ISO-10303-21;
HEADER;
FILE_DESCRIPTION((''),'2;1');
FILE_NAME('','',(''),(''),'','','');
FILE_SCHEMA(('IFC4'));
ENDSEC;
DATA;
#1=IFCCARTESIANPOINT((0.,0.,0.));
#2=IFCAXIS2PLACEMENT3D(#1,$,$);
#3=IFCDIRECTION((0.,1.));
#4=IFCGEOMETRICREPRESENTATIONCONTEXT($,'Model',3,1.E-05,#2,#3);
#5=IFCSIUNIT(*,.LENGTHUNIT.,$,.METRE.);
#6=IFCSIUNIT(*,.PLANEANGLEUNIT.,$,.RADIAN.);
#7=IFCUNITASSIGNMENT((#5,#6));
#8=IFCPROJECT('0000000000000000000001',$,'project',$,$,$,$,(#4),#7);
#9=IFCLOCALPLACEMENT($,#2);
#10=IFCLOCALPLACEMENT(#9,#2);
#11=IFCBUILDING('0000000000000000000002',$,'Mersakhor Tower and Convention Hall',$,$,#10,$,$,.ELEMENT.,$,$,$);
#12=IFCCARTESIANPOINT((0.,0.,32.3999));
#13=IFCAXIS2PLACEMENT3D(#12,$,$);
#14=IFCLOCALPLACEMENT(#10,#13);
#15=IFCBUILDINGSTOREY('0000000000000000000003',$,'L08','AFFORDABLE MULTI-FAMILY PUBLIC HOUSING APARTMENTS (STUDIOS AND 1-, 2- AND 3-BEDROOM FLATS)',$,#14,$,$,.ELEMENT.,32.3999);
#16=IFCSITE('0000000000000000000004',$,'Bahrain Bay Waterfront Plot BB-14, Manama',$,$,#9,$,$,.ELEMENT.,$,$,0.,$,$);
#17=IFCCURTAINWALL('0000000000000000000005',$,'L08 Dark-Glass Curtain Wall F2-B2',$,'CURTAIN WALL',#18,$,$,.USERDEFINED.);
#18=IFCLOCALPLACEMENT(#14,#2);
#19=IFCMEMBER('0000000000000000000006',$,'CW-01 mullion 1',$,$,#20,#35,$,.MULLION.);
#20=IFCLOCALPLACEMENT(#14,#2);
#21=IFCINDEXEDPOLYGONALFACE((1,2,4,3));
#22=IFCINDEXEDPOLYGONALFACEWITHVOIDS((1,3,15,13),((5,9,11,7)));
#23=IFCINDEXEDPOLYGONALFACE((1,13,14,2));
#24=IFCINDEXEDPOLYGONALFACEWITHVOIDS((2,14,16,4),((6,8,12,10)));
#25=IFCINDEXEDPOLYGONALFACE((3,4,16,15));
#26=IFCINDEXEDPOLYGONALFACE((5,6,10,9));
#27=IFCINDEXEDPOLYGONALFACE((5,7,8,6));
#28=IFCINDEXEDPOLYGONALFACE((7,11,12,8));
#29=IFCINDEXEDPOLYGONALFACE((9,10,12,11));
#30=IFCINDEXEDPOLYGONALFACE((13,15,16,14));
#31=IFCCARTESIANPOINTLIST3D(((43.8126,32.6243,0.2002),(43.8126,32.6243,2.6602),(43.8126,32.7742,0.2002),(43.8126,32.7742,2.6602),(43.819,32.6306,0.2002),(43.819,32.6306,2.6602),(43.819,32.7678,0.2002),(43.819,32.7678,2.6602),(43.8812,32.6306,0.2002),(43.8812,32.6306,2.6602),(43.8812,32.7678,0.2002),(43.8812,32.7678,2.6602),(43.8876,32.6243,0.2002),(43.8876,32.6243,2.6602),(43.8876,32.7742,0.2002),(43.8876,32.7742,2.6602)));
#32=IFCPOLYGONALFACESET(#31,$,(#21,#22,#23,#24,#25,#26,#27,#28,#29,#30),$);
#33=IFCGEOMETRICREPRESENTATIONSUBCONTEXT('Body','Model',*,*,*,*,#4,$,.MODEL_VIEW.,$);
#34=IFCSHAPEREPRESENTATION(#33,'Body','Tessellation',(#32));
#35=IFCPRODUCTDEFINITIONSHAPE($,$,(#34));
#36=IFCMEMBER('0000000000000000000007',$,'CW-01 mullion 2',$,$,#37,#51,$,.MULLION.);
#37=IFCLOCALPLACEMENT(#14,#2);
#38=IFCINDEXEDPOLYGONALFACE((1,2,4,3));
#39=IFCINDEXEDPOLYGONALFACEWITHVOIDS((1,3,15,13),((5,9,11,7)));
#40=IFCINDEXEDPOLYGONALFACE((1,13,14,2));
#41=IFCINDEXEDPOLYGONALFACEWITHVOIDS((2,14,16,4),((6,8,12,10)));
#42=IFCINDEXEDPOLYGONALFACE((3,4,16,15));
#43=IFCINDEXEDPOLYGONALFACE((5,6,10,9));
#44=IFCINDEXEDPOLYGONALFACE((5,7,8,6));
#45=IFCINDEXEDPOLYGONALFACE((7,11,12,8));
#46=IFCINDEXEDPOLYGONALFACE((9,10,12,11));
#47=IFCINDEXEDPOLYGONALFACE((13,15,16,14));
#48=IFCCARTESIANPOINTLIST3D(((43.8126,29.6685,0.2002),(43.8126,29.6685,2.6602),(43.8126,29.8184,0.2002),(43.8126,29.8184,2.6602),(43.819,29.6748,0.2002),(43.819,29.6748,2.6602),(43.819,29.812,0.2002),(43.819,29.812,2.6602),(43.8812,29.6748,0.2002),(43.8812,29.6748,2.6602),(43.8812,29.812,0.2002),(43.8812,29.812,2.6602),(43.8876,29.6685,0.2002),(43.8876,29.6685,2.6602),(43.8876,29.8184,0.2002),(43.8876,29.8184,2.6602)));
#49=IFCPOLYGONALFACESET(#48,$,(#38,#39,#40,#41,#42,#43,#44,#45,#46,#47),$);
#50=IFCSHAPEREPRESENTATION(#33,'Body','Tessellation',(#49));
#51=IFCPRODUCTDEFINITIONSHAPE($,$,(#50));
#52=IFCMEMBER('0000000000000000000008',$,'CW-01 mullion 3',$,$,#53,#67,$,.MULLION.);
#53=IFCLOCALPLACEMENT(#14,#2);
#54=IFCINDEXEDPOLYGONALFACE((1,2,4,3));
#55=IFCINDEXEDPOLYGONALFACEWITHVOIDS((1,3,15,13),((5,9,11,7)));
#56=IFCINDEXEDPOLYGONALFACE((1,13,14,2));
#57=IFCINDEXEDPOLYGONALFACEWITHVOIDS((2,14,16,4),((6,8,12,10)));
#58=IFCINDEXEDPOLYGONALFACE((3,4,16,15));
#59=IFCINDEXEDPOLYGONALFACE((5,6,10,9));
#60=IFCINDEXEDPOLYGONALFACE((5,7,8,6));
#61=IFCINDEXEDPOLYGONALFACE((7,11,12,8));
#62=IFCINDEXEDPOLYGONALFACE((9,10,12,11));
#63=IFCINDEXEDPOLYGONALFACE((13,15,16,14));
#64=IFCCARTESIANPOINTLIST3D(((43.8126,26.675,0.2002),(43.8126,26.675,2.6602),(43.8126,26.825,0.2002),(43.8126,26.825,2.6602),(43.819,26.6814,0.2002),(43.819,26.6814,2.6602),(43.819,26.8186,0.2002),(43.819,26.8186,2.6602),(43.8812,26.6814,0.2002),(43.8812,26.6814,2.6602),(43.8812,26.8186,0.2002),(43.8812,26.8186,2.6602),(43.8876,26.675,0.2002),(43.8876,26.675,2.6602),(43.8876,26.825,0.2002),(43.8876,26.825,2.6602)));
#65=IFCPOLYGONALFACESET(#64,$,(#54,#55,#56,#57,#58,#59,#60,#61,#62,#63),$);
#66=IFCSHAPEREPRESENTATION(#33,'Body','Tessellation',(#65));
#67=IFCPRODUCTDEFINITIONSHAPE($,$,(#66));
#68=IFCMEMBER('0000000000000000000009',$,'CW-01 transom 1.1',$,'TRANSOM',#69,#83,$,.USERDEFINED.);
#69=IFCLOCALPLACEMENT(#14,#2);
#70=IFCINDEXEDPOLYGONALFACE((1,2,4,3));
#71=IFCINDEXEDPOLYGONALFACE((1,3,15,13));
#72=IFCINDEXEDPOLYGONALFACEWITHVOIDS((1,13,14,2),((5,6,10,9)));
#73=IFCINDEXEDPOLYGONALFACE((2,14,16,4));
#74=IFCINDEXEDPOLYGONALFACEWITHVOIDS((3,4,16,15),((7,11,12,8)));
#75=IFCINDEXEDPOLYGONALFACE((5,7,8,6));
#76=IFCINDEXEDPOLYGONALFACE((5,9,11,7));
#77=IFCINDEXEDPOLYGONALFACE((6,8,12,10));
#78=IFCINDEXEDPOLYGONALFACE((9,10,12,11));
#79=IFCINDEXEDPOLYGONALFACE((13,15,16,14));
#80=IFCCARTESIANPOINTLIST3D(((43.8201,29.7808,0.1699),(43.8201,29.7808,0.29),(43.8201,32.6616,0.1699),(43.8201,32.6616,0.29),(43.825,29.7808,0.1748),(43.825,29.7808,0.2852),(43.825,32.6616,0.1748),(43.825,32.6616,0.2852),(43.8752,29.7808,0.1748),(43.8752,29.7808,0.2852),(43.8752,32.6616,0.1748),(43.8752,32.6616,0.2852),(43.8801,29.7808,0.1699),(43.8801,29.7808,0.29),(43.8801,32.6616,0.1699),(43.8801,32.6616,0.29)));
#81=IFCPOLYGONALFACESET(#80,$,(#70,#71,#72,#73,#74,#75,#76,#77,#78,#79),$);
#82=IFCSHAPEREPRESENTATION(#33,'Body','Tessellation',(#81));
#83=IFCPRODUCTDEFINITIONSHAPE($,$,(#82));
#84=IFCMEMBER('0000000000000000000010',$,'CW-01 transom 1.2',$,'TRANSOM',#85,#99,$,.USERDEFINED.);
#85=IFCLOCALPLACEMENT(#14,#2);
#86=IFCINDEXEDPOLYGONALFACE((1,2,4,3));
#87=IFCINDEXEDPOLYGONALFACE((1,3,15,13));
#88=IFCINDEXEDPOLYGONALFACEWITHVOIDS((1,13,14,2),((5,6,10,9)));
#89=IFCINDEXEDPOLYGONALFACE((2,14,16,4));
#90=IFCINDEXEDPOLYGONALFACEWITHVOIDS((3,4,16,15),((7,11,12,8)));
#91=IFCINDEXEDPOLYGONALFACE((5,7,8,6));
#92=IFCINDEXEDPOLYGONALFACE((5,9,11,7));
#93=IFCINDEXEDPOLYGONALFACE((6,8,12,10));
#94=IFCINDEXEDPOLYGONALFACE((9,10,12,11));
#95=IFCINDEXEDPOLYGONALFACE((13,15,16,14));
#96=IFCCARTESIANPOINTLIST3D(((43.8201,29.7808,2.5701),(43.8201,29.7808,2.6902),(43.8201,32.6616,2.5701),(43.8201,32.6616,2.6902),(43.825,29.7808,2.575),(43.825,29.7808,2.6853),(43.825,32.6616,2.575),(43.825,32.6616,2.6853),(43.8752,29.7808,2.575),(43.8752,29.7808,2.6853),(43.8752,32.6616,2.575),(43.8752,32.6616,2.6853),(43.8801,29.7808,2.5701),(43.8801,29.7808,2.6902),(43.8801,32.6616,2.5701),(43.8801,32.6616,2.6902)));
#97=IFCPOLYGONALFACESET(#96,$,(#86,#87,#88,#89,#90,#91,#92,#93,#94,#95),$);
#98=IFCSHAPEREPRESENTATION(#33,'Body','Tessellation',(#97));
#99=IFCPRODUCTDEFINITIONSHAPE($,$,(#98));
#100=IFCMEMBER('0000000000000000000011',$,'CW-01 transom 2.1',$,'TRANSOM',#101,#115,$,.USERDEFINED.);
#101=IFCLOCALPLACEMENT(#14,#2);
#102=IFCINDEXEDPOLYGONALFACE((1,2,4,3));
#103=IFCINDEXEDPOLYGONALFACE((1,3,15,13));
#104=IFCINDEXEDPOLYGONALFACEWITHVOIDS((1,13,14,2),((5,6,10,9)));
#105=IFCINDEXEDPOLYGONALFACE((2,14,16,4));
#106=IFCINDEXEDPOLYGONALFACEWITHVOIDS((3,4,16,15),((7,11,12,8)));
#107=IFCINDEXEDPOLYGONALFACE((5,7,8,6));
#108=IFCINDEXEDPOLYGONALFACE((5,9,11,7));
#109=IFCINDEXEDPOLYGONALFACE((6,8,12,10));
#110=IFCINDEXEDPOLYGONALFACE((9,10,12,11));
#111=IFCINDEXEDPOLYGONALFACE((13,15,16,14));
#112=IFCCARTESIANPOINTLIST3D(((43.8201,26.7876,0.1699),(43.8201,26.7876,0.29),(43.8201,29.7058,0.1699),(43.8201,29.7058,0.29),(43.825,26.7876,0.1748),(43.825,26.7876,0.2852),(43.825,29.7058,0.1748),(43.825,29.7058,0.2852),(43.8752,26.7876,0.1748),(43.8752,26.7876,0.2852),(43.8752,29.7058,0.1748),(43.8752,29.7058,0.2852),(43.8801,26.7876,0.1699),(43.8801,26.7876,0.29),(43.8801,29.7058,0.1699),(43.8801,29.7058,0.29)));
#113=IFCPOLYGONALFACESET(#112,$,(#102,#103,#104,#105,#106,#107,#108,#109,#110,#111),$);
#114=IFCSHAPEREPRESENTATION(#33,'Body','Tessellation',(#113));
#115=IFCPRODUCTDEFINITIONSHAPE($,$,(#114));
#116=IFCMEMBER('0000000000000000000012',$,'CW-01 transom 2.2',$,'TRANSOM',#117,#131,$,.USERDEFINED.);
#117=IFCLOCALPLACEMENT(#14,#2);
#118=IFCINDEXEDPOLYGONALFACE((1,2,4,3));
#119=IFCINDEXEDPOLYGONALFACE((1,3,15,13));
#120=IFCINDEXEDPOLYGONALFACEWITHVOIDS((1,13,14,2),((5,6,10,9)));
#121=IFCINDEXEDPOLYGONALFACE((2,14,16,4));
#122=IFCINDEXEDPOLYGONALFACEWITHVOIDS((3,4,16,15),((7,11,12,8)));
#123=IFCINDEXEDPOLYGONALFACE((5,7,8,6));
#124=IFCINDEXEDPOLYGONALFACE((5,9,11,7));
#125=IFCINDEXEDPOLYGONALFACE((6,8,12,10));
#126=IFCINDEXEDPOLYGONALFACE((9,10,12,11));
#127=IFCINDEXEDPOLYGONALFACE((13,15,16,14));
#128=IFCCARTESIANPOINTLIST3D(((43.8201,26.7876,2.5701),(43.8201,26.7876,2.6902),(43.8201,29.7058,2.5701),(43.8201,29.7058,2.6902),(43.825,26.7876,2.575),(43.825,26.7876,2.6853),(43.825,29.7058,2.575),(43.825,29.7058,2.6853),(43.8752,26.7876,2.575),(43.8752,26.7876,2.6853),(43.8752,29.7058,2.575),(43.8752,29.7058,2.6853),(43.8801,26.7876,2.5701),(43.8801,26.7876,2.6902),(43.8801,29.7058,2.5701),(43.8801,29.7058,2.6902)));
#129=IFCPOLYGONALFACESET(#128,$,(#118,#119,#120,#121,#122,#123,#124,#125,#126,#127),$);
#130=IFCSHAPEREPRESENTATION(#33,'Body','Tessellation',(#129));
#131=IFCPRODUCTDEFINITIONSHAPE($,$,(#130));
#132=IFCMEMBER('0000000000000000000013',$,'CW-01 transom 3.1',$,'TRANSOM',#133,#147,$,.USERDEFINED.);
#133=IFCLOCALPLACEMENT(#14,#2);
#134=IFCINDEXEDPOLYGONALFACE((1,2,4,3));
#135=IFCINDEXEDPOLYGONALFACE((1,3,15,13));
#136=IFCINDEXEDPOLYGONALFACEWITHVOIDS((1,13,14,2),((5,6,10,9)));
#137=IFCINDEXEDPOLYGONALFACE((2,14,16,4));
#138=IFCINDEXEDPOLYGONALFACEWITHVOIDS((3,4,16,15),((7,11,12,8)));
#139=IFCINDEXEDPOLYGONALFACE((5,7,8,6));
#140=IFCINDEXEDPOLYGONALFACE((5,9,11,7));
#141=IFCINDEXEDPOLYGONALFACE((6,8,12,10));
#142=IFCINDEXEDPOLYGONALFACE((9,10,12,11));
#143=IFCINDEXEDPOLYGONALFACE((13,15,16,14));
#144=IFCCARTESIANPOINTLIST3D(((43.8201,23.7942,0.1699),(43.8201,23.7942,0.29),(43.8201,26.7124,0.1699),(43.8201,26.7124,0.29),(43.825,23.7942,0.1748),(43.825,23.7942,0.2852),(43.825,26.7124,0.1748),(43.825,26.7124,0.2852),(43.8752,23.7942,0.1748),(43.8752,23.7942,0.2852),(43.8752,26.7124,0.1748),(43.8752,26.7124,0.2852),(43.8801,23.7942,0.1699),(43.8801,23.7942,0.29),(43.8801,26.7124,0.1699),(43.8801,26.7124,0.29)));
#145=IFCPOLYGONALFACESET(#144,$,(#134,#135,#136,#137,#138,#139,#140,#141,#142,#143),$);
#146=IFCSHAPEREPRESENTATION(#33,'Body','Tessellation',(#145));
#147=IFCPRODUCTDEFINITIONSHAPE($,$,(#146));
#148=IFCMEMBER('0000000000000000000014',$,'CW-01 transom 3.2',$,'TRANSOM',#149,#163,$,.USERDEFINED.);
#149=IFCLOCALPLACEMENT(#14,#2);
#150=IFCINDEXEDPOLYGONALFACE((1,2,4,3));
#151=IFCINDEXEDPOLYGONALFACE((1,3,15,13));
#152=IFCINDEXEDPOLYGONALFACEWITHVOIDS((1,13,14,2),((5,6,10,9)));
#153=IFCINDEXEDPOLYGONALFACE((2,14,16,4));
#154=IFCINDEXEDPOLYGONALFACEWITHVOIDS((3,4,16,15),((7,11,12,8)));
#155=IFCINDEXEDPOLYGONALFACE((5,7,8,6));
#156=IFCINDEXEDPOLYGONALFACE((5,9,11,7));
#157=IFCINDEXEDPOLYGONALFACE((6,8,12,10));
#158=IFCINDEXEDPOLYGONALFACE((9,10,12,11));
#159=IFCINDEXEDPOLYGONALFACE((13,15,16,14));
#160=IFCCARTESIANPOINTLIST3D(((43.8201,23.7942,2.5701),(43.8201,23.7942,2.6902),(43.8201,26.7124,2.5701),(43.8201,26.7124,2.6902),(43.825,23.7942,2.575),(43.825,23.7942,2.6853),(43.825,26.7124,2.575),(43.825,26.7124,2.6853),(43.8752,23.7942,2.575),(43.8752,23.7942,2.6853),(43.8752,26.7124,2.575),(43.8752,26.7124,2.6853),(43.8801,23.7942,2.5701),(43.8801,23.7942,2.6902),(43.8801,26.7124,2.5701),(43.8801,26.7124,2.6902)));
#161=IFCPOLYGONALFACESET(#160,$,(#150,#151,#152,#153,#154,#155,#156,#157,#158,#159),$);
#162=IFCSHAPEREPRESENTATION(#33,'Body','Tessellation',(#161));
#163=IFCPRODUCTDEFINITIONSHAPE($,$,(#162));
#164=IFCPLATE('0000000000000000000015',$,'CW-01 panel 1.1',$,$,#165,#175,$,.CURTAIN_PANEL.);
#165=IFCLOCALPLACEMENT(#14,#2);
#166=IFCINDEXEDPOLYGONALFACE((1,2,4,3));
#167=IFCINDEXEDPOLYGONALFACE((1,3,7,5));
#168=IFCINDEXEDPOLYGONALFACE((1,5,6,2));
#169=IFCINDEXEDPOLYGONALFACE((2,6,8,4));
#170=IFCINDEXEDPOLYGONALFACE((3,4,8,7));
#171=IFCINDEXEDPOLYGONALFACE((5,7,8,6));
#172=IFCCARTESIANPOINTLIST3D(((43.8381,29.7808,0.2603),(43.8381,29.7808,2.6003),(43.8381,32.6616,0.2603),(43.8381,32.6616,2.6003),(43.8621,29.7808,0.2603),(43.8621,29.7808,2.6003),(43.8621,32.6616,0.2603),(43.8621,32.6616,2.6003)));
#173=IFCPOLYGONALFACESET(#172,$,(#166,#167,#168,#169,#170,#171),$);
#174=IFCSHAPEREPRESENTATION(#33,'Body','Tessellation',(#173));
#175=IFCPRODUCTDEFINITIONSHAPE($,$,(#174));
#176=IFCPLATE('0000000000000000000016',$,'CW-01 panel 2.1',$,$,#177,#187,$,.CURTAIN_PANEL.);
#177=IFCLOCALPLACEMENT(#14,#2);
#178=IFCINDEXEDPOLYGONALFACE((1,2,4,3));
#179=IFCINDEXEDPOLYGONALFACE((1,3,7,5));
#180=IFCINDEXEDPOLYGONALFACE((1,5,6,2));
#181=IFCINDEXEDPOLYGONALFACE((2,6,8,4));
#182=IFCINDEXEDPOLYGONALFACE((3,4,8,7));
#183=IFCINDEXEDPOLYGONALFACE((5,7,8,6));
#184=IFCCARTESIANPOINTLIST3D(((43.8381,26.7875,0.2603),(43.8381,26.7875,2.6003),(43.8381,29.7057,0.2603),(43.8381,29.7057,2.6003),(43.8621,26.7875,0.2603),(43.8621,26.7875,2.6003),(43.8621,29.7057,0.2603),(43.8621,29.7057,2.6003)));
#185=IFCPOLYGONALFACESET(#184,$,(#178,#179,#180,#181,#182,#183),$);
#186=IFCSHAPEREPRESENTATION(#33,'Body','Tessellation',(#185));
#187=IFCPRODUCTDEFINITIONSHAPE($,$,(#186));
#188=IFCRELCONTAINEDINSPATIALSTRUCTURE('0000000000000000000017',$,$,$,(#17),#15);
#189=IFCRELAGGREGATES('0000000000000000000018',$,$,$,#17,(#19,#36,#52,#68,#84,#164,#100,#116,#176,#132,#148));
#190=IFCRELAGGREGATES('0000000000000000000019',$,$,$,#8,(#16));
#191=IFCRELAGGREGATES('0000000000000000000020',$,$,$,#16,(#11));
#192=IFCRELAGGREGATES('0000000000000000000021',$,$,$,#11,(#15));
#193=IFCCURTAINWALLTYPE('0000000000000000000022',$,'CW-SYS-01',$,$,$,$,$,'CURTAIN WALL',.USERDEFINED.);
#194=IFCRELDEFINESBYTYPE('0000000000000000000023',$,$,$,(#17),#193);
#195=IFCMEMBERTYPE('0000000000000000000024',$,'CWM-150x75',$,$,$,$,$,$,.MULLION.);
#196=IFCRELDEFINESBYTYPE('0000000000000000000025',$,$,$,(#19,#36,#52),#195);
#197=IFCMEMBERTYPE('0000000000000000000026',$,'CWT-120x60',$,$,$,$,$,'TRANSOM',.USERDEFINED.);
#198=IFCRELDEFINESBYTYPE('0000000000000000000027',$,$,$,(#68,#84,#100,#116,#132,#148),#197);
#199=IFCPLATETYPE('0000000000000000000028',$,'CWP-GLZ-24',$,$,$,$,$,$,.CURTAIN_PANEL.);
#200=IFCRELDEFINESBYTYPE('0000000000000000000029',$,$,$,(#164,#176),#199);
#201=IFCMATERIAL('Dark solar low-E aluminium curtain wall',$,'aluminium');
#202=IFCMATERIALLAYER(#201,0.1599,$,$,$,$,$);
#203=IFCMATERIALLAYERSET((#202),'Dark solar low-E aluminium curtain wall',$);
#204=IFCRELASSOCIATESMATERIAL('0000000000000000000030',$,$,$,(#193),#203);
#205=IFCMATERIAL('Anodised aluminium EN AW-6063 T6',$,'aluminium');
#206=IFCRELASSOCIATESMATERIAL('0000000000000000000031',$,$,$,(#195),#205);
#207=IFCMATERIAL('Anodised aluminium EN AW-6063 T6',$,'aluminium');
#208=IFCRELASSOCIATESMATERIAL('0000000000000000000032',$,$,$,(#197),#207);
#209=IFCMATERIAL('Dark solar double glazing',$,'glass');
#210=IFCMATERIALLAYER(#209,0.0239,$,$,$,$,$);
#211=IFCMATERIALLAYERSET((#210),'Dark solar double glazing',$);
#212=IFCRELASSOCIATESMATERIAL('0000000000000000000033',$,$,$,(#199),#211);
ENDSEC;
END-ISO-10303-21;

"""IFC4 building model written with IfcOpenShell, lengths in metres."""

from ifc_helpers import new_model, si_unit, direction, frame, origin, origin_2d, place, context, subcontext, project, spatial, rectangle, hollow_rectangle, extrude, material, layer, layer_set, material_profile, profile_set, type_object, element, aggregate, save


model = new_model("IFC4")

# Units and contexts
model_context = context("Model", 3, precision=1e-05, world=origin(), true_north=direction((0.0, 1.0)))
body_context = subcontext(model_context, "Body", "Model", "MODEL_VIEW")
ifc_project = project(units=[si_unit("LENGTHUNIT", "METRE"), si_unit("PLANEANGLEUNIT", "RADIAN")], contexts=[model_context])

# Site, building, storey
site_placement = place(None, origin())
site = spatial("IfcSite", under=ifc_project, at=site_placement, Name="Bahrain Bay Waterfront Plot BB-14, Manama", CompositionType="ELEMENT", RefElevation=0.0)
building_placement = place(site_placement, origin())
building = spatial("IfcBuilding", under=site, at=building_placement, Name="Mersakhor Tower and Convention Hall", CompositionType="ELEMENT")
storey_placement = place(building_placement, frame((0.0, 0.0, 32.3999)))
storey = spatial("IfcBuildingStorey", under=building, at=storey_placement, Name="L08", Description="AFFORDABLE MULTI-FAMILY PUBLIC HOUSING APARTMENTS (STUDIOS AND 1-, 2- AND 3-BEDROOM FLATS)", CompositionType="ELEMENT", Elevation=32.3999)

# Curtain wall, members, plates
ifc_material_1 = material(Name="Dark solar low-E aluminium curtain wall", Category="aluminium")
ifc_layer_1 = layer(ifc_material_1, 0.1599)
ifc_layer_set_1 = layer_set([ifc_layer_1], Name="Dark solar low-E aluminium curtain wall")
curtain_wall_type = type_object("IfcCurtainWallType", Name="CW-SYS-01", ElementType="CURTAIN WALL", PredefinedType="USERDEFINED", material=ifc_layer_set_1)
curtain_wall_placement = place(storey_placement, origin())
curtain_wall = element("IfcCurtainWall", 1, at=curtain_wall_placement, inside=storey, type_object=curtain_wall_type, Name="L08 Dark-Glass Curtain Wall F2-B2", ObjectType="CURTAIN WALL", PredefinedType="USERDEFINED")
ifc_material_2 = material(Name="Anodised aluminium EN AW-6063 T6", Category="aluminium")
ifc_material_profile_1 = material_profile(ifc_material_2, hollow_rectangle(XDim=0.075, YDim=0.1499, WallThickness=0.0063, at=origin_2d()), Name="RHS 150x75x6.3")
ifc_profile_set_1 = profile_set([ifc_material_profile_1], Name="Anodised aluminium EN AW-6063 T6")
member_type_1 = type_object("IfcMemberType", Name="CWM-150x75", PredefinedType="MULLION", material=ifc_profile_set_1)
member_1_placement = place(storey_placement, frame((43.8501, 32.6992, 0.2002), z_axis=(0.0, 0.0, 1.0), x_axis=(1.0, 0.0, 0.0)))
member_1 = element("IfcMember", 2, at=member_1_placement, type_object=member_type_1, Name="CW-01 mullion 1", PredefinedType="MULLION", context=body_context, shape_type="SweptSolid", body=[
    extrude(hollow_rectangle(XDim=0.075, YDim=0.1499, WallThickness=0.0063, at=origin_2d()), origin(), (0.0, 0.0, 1.0), 2.46),
])
member_2_placement = place(storey_placement, frame((43.8501, 29.7434, 0.2002), z_axis=(0.0, 0.0, 1.0), x_axis=(1.0, 0.0, 0.0)))
member_2 = element("IfcMember", 3, at=member_2_placement, type_object=member_type_1, Name="CW-01 mullion 2", PredefinedType="MULLION", context=body_context, shape_type="SweptSolid", body=[
    extrude(hollow_rectangle(XDim=0.075, YDim=0.1499, WallThickness=0.0063, at=origin_2d()), origin(), (0.0, 0.0, 1.0), 2.46),
])
member_3_placement = place(storey_placement, frame((43.8501, 26.75, 0.2002), z_axis=(0.0, 0.0, 1.0), x_axis=(1.0, 0.0, 0.0)))
member_3 = element("IfcMember", 4, at=member_3_placement, type_object=member_type_1, Name="CW-01 mullion 3", PredefinedType="MULLION", context=body_context, shape_type="SweptSolid", body=[
    extrude(hollow_rectangle(XDim=0.075, YDim=0.1499, WallThickness=0.0063, at=origin_2d()), origin(), (0.0, 0.0, 1.0), 2.46),
])
ifc_material_3 = material(Name="Anodised aluminium EN AW-6063 T6", Category="aluminium")
ifc_material_profile_2 = material_profile(ifc_material_3, hollow_rectangle(XDim=0.0601, YDim=0.1201, WallThickness=0.0049, at=origin_2d()), Name="RHS 120x60x5")
ifc_profile_set_2 = profile_set([ifc_material_profile_2], Name="Anodised aluminium EN AW-6063 T6")
member_type_2 = type_object("IfcMemberType", Name="CWT-120x60", ElementType="TRANSOM", PredefinedType="USERDEFINED", material=ifc_profile_set_2)
member_4_placement = place(storey_placement, frame((43.8501, 32.6616, 0.23), z_axis=(0.0, -1.0, 0.0), x_axis=(1.0, 0.0, 0.0)))
member_4 = element("IfcMember", 5, at=member_4_placement, type_object=member_type_2, Name="CW-01 transom 1.1", ObjectType="TRANSOM", PredefinedType="USERDEFINED", context=body_context, shape_type="SweptSolid", body=[
    extrude(hollow_rectangle(XDim=0.0601, YDim=0.1201, WallThickness=0.0049, at=origin_2d()), origin(), (0.0, 0.0, 1.0), 2.8809),
])
member_5_placement = place(storey_placement, frame((43.8501, 32.6616, 2.6301), z_axis=(0.0, -1.0, 0.0), x_axis=(1.0, 0.0, 0.0)))
member_5 = element("IfcMember", 6, at=member_5_placement, type_object=member_type_2, Name="CW-01 transom 1.2", ObjectType="TRANSOM", PredefinedType="USERDEFINED", context=body_context, shape_type="SweptSolid", body=[
    extrude(hollow_rectangle(XDim=0.0601, YDim=0.1201, WallThickness=0.0049, at=origin_2d()), origin(), (0.0, 0.0, 1.0), 2.8809),
])
member_6_placement = place(storey_placement, frame((43.8501, 29.7058, 0.23), z_axis=(0.0, -1.0, 0.0), x_axis=(1.0, 0.0, 0.0)))
member_6 = element("IfcMember", 7, at=member_6_placement, type_object=member_type_2, Name="CW-01 transom 2.1", ObjectType="TRANSOM", PredefinedType="USERDEFINED", context=body_context, shape_type="SweptSolid", body=[
    extrude(hollow_rectangle(XDim=0.0601, YDim=0.1201, WallThickness=0.0049, at=origin_2d()), origin(), (0.0, 0.0, 1.0), 2.9182),
])
member_7_placement = place(storey_placement, frame((43.8501, 29.7058, 2.6301), z_axis=(0.0, -1.0, 0.0), x_axis=(1.0, 0.0, 0.0)))
member_7 = element("IfcMember", 8, at=member_7_placement, type_object=member_type_2, Name="CW-01 transom 2.2", ObjectType="TRANSOM", PredefinedType="USERDEFINED", context=body_context, shape_type="SweptSolid", body=[
    extrude(hollow_rectangle(XDim=0.0601, YDim=0.1201, WallThickness=0.0049, at=origin_2d()), origin(), (0.0, 0.0, 1.0), 2.9182),
])
member_8_placement = place(storey_placement, frame((43.8501, 26.7124, 0.23), z_axis=(0.0, -1.0, 0.0), x_axis=(1.0, 0.0, 0.0)))
member_8 = element("IfcMember", 9, at=member_8_placement, type_object=member_type_2, Name="CW-01 transom 3.1", ObjectType="TRANSOM", PredefinedType="USERDEFINED", context=body_context, shape_type="SweptSolid", body=[
    extrude(hollow_rectangle(XDim=0.0601, YDim=0.1201, WallThickness=0.0049, at=origin_2d()), origin(), (0.0, 0.0, 1.0), 2.9182),
])
member_9_placement = place(storey_placement, frame((43.8501, 26.7124, 2.6301), z_axis=(0.0, -1.0, 0.0), x_axis=(1.0, 0.0, 0.0)))
member_9 = element("IfcMember", 10, at=member_9_placement, type_object=member_type_2, Name="CW-01 transom 3.2", ObjectType="TRANSOM", PredefinedType="USERDEFINED", context=body_context, shape_type="SweptSolid", body=[
    extrude(hollow_rectangle(XDim=0.0601, YDim=0.1201, WallThickness=0.0049, at=origin_2d()), origin(), (0.0, 0.0, 1.0), 2.9182),
])
ifc_material_4 = material(Name="Dark solar double glazing", Category="glass")
ifc_layer_2 = layer(ifc_material_4, 0.0239)
ifc_layer_set_2 = layer_set([ifc_layer_2], Name="Dark solar double glazing")
plate_type_1 = type_object("IfcPlateType", Name="CWP-GLZ-24", PredefinedType="CURTAIN_PANEL", material=ifc_layer_set_2)
plate_1_placement = place(storey_placement, frame((43.8501, 31.2212, 0.2603), z_axis=(0.0, 0.0, 1.0), x_axis=(0.0, -1.0, 0.0)))
plate_1 = element("IfcPlate", 11, at=plate_1_placement, type_object=plate_type_1, Name="CW-01 panel 1.1", PredefinedType="CURTAIN_PANEL", context=body_context, shape_type="SweptSolid", body=[
    extrude(rectangle(XDim=2.8809, YDim=0.0239, at=origin_2d()), origin(), (0.0, 0.0, 1.0), 2.3401),
])
plate_2_placement = place(storey_placement, frame((43.8501, 28.2466, 0.2603), z_axis=(0.0, 0.0, 1.0), x_axis=(0.0, -1.0, 0.0)))
plate_2 = element("IfcPlate", 12, at=plate_2_placement, type_object=plate_type_1, Name="CW-01 panel 2.1", PredefinedType="CURTAIN_PANEL", context=body_context, shape_type="SweptSolid", body=[
    extrude(rectangle(XDim=2.9182, YDim=0.0239, at=origin_2d()), origin(), (0.0, 0.0, 1.0), 2.3401),
])
aggregate(curtain_wall, [member_1, member_2, member_3, member_4, member_5, plate_1, member_6, member_7, plate_2, member_8, member_9])

save(model, "model.ifc")
